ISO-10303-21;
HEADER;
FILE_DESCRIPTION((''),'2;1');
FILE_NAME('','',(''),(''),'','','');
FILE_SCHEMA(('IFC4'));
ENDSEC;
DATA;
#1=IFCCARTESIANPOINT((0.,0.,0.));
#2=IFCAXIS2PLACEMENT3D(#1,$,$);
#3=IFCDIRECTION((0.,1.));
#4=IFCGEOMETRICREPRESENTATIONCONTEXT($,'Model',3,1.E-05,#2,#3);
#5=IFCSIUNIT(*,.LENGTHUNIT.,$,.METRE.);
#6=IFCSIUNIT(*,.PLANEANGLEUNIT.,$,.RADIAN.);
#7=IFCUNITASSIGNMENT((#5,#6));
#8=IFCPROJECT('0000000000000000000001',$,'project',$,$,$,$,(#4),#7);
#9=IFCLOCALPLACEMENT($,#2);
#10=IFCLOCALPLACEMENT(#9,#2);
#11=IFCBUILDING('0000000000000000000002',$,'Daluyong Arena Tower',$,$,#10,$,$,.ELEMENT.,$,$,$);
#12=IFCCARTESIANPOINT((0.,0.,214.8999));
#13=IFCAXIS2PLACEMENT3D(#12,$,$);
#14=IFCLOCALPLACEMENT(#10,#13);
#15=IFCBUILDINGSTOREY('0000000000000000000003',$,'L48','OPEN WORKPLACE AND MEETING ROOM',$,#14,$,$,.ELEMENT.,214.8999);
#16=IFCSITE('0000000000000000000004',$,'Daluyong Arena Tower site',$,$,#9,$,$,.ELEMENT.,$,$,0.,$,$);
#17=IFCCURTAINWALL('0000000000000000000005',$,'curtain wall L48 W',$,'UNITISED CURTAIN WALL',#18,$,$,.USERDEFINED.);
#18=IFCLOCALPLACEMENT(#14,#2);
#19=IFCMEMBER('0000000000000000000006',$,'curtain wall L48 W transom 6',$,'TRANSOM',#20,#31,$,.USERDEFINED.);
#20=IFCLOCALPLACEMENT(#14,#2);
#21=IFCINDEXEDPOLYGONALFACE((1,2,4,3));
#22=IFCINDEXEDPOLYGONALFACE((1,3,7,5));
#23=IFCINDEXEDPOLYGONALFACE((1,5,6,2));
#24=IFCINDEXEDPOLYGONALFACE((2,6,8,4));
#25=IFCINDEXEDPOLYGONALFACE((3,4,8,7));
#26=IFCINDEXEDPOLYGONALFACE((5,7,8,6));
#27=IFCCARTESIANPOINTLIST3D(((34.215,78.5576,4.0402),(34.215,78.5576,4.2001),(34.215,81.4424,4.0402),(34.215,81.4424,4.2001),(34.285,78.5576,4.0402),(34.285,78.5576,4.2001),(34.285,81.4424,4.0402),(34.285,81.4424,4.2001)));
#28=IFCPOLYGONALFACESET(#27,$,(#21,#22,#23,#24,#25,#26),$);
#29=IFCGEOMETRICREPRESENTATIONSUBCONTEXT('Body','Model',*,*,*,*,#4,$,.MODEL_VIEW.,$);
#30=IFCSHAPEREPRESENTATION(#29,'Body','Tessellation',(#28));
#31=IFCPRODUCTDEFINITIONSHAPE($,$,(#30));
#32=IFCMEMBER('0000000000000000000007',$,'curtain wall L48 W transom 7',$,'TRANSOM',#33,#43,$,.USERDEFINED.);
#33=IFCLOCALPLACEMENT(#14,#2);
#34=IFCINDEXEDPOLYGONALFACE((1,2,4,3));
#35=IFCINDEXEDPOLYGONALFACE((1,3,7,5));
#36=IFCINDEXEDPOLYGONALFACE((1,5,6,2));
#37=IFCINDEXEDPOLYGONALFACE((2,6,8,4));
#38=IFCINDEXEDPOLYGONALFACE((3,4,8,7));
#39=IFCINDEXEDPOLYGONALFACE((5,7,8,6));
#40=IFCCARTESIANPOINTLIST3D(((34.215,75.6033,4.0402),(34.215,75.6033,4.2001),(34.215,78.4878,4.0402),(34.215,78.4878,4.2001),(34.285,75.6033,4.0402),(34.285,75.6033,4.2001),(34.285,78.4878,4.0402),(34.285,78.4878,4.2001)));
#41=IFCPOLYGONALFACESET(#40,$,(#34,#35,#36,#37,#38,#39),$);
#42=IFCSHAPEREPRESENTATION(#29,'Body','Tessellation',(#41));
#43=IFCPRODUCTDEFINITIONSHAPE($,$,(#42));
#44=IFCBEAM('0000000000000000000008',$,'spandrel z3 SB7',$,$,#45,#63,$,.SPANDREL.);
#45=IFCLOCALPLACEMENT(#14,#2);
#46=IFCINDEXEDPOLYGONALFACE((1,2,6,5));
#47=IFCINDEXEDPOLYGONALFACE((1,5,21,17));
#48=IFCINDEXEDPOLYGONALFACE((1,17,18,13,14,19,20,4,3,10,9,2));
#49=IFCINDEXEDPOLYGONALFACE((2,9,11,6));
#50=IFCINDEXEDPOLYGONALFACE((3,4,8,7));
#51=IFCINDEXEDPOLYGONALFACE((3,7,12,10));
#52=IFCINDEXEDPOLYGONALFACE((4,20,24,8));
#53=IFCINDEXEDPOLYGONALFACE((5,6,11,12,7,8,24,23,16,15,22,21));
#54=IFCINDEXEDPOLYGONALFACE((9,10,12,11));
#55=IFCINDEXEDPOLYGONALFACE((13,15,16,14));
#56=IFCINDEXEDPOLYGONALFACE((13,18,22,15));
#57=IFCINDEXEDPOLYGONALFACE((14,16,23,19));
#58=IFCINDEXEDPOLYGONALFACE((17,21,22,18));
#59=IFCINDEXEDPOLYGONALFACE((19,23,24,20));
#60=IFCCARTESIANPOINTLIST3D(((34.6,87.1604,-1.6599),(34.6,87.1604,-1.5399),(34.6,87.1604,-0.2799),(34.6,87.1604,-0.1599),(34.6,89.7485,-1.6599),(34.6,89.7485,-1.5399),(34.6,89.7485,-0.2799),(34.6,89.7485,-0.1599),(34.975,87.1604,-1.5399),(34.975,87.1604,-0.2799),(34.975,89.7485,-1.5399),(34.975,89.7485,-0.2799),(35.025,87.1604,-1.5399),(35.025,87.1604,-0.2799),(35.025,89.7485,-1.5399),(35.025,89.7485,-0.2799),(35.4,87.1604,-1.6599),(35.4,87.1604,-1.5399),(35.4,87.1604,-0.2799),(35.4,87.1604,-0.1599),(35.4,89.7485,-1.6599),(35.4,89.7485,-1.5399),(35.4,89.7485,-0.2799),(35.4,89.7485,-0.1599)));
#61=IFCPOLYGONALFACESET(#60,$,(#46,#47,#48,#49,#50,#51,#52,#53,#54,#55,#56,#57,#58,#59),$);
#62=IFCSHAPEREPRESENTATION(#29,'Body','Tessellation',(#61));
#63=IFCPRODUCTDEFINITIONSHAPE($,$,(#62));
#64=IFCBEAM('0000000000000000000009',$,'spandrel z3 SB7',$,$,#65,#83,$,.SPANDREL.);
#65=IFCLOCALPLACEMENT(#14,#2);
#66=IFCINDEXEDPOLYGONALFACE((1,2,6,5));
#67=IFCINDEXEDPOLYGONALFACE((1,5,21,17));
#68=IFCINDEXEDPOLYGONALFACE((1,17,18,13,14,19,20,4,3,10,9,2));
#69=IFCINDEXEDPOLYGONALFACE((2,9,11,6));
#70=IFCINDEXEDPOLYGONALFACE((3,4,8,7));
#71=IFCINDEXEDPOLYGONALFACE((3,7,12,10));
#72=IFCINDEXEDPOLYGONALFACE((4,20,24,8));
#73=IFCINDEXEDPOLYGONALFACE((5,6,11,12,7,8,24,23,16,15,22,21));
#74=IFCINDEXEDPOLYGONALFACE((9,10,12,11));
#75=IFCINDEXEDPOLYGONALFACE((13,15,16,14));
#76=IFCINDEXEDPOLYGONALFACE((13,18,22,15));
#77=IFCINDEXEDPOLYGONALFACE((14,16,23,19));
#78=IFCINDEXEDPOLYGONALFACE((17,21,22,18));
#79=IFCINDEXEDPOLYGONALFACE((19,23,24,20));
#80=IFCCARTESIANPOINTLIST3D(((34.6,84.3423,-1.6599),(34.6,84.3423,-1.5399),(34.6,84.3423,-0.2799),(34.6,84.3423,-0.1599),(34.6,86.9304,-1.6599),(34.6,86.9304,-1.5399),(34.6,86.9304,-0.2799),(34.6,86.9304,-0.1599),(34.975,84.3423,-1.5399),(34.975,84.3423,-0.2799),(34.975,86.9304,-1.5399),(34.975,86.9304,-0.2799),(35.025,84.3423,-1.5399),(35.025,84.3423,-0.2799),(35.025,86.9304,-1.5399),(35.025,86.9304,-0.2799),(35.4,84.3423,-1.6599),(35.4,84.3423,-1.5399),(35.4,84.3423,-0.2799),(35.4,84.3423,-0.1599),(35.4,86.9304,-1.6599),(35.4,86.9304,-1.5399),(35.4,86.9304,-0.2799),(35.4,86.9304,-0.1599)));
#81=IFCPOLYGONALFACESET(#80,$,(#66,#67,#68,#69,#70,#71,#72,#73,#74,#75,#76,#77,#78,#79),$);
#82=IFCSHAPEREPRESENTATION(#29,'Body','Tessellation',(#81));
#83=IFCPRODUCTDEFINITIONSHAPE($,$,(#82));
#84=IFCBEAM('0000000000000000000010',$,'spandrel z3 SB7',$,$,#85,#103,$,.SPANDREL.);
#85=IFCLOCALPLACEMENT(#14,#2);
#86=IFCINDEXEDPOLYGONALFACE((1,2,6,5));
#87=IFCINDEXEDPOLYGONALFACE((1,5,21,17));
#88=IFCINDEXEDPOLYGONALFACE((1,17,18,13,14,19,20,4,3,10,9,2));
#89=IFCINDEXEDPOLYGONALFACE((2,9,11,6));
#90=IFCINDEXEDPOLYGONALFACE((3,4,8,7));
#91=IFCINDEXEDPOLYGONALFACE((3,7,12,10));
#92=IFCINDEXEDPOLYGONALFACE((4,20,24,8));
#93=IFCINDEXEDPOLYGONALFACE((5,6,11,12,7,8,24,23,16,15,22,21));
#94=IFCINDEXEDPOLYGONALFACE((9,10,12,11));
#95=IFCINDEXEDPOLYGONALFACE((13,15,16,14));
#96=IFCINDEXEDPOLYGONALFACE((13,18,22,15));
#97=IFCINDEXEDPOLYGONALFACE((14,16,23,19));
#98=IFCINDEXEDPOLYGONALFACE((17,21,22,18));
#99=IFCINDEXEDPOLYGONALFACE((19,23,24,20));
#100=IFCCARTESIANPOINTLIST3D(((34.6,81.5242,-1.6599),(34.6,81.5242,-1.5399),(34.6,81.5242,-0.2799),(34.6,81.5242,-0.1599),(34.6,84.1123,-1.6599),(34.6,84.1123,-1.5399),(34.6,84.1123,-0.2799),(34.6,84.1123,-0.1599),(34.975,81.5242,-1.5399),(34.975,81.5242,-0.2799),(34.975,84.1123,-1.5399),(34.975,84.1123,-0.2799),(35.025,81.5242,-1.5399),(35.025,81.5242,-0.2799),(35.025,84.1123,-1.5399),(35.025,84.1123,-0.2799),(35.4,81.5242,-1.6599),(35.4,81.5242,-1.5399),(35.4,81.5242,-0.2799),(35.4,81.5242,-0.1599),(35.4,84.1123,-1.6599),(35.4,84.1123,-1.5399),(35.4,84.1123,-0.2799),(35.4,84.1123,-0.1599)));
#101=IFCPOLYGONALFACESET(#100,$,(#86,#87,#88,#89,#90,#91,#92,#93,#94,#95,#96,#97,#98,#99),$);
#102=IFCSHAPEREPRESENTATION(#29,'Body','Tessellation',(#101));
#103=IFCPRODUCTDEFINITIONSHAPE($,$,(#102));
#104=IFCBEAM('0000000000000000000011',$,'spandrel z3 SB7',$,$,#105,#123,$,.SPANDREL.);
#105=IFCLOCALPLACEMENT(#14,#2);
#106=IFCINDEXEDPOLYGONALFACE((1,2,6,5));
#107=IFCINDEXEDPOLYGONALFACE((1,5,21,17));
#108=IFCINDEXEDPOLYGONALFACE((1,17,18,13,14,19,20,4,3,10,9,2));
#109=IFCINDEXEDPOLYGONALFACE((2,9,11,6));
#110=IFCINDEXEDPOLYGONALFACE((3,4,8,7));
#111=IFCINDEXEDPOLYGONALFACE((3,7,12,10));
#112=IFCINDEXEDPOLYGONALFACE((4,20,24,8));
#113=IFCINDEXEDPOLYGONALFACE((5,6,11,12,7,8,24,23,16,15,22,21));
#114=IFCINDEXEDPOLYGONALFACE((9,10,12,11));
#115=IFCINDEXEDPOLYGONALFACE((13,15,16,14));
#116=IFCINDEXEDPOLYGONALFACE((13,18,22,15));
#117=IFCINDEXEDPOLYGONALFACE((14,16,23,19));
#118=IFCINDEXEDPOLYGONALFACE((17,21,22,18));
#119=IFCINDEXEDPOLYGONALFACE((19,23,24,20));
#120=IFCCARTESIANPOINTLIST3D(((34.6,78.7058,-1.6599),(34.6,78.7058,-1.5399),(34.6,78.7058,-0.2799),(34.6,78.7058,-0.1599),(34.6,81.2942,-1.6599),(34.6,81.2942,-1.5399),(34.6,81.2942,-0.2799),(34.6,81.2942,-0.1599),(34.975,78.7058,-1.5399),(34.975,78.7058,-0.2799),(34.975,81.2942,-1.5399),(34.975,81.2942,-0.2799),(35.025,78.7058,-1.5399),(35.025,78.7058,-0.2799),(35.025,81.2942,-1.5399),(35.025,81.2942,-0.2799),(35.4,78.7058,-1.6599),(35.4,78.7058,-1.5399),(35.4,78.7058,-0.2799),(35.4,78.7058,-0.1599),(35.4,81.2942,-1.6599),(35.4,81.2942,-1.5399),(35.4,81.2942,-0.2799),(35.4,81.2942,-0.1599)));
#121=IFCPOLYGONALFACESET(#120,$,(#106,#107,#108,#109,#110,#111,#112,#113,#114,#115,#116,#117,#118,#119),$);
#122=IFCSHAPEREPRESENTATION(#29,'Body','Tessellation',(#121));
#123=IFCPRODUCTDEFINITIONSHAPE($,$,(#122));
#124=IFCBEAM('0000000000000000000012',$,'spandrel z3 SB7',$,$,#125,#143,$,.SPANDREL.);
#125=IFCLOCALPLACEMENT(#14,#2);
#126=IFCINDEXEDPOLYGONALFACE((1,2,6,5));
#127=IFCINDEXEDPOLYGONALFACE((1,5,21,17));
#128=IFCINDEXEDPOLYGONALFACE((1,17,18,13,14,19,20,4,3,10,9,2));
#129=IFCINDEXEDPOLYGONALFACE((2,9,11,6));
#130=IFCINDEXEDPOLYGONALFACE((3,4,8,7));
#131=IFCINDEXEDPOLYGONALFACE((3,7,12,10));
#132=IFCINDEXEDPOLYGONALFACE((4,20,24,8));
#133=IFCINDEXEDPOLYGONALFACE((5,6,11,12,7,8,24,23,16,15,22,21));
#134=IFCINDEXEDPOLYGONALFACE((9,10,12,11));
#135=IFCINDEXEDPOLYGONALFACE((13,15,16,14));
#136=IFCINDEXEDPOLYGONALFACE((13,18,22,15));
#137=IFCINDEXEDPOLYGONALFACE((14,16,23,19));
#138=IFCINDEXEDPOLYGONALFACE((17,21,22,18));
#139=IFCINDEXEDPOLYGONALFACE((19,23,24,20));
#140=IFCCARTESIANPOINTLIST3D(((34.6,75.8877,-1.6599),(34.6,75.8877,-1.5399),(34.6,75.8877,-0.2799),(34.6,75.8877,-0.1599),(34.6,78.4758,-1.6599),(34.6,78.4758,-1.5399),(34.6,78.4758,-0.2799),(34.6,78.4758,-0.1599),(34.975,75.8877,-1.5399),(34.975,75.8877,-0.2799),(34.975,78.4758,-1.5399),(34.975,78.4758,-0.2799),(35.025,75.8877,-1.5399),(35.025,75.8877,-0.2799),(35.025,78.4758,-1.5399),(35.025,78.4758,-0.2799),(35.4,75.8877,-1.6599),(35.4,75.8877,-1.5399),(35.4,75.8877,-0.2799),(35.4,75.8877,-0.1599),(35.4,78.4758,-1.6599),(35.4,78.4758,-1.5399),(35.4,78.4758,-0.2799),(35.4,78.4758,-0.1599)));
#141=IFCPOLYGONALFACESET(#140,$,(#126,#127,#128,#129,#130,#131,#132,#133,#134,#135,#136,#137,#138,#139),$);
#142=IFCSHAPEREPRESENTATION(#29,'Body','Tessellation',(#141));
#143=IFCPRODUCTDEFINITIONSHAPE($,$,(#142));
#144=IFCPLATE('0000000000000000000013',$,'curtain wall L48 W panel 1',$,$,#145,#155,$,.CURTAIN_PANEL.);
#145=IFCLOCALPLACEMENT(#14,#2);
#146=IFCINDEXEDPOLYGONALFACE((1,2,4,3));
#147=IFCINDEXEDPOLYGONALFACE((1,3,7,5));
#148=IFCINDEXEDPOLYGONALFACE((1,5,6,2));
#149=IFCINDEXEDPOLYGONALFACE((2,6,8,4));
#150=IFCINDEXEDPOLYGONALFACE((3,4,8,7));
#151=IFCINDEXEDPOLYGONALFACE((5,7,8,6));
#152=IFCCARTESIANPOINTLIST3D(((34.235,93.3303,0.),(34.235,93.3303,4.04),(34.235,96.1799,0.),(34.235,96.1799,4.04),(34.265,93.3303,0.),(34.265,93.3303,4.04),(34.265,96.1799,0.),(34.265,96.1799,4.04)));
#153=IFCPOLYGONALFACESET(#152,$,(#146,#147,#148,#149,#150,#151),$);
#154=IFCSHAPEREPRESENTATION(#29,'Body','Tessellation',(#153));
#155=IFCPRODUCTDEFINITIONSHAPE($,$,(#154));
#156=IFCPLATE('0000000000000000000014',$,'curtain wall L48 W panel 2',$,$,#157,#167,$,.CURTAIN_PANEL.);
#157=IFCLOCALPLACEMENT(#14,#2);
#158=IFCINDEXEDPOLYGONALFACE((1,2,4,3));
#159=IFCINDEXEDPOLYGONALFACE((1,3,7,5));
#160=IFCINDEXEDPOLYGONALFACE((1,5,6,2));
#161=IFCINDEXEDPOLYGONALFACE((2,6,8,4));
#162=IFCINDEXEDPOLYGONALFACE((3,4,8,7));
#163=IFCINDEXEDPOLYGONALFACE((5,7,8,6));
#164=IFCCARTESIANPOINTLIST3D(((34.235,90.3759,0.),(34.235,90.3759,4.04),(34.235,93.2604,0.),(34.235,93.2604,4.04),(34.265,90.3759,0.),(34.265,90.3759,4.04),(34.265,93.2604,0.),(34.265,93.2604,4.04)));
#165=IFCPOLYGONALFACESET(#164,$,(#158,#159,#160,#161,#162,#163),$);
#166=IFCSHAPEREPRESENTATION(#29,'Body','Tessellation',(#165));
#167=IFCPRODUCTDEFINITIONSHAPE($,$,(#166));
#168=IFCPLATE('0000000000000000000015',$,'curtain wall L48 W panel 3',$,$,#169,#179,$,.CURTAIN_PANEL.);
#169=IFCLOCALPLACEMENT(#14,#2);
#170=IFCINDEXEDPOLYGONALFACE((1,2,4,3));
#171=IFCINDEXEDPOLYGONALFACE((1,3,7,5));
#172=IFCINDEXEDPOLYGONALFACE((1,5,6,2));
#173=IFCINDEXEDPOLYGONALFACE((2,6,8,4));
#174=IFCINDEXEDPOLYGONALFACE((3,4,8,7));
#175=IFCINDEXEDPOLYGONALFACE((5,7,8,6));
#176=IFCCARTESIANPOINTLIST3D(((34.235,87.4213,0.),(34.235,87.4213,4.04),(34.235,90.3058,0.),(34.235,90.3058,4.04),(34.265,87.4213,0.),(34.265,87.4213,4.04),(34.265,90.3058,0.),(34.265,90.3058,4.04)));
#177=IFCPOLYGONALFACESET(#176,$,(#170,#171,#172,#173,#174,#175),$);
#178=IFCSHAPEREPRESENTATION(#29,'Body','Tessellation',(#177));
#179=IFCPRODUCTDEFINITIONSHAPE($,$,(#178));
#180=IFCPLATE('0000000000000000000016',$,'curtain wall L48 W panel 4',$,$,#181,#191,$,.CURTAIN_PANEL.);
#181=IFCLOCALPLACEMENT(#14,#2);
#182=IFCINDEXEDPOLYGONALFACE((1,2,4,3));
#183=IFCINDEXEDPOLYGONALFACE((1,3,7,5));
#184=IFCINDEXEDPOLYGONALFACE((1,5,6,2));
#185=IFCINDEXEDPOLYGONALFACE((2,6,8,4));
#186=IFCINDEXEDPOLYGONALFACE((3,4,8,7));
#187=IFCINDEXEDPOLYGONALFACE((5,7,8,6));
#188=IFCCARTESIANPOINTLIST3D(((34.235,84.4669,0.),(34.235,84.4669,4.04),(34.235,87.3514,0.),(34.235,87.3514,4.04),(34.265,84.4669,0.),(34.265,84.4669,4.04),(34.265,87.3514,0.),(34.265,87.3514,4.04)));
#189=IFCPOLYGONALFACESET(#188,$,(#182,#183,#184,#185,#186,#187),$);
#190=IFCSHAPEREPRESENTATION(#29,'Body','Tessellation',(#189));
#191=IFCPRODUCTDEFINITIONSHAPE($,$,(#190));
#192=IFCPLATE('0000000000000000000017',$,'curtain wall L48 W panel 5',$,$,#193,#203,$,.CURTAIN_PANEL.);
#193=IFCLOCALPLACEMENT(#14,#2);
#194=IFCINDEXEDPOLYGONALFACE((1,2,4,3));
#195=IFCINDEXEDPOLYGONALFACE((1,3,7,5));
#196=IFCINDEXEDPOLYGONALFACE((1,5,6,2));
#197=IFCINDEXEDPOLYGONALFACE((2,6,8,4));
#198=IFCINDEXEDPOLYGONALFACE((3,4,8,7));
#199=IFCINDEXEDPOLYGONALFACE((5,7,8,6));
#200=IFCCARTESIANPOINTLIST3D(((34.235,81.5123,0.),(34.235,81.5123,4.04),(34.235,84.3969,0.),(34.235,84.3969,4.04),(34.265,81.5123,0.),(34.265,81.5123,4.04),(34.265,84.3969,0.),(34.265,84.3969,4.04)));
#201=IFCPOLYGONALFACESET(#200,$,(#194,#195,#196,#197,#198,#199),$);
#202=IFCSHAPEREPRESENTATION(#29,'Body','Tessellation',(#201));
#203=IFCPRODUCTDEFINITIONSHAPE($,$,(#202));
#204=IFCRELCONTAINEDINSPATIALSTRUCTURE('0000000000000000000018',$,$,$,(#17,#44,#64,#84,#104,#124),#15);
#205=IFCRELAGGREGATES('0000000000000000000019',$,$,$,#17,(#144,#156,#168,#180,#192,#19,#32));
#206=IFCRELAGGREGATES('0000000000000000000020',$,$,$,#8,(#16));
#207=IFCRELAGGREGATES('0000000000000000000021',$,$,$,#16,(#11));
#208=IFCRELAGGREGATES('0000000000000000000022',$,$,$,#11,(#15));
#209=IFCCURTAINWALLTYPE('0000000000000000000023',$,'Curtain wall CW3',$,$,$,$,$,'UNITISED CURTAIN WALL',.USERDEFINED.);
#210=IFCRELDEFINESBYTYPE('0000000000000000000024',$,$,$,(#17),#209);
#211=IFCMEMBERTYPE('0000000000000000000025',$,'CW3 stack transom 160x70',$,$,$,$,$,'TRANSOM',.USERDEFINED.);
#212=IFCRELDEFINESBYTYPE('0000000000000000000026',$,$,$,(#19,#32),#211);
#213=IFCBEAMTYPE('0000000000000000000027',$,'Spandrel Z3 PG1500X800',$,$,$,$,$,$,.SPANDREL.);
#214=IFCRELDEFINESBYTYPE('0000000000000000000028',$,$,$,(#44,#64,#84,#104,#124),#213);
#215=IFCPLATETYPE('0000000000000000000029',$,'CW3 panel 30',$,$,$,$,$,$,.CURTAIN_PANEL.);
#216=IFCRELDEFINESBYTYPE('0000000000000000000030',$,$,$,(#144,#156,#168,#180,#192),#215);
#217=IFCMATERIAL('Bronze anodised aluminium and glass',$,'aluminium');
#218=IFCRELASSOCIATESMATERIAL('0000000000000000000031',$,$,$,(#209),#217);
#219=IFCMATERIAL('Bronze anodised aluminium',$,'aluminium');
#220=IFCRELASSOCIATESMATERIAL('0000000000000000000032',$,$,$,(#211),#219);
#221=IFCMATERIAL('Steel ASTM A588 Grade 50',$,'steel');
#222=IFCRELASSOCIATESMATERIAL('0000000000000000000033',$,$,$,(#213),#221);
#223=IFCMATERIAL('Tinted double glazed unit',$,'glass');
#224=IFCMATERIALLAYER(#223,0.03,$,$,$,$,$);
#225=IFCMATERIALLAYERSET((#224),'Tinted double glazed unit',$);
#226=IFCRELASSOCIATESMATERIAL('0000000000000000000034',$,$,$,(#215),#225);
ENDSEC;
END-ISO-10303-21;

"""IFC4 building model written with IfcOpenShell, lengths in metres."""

from ifc_helpers import new_model, si_unit, direction, frame, origin, origin_2d, place, context, subcontext, project, spatial, rectangle, i_section, extrude, material, layer, layer_set, material_profile, profile_set, type_object, element, aggregate, save


model = new_model("IFC4")

# Units and contexts
model_context = context("Model", 3, precision=1e-05, world=origin(), true_north=direction((0.0, 1.0)))
body_context = subcontext(model_context, "Body", "Model", "MODEL_VIEW")
ifc_project = project(units=[si_unit("LENGTHUNIT", "METRE"), si_unit("PLANEANGLEUNIT", "RADIAN")], contexts=[model_context])

# Site, building, storey
site_placement = place(None, origin())
site = spatial("IfcSite", under=ifc_project, at=site_placement, Name="Daluyong Arena Tower site", CompositionType="ELEMENT", RefElevation=0.0)
building_placement = place(site_placement, origin())
building = spatial("IfcBuilding", under=site, at=building_placement, Name="Daluyong Arena Tower", CompositionType="ELEMENT")
storey_placement = place(building_placement, frame((0.0, 0.0, 214.8999)))
storey = spatial("IfcBuildingStorey", under=building, at=storey_placement, Name="L48", Description="OPEN WORKPLACE AND MEETING ROOM", CompositionType="ELEMENT", Elevation=214.8999)

# Curtain wall, members
ifc_material_1 = material(Name="Bronze anodised aluminium and glass", Category="aluminium")
curtain_wall_type = type_object("IfcCurtainWallType", Name="Curtain wall CW3", ElementType="UNITISED CURTAIN WALL", PredefinedType="USERDEFINED", material=ifc_material_1)
curtain_wall_placement = place(storey_placement, origin())
curtain_wall = element("IfcCurtainWall", 1, at=curtain_wall_placement, inside=storey, type_object=curtain_wall_type, Name="curtain wall L48 W", ObjectType="UNITISED CURTAIN WALL", PredefinedType="USERDEFINED")
ifc_material_2 = material(Name="Bronze anodised aluminium", Category="aluminium")
ifc_material_profile_1 = material_profile(ifc_material_2, rectangle(XDim=0.0701, YDim=0.1599, at=origin_2d()))
ifc_profile_set_1 = profile_set([ifc_material_profile_1], Name="Bronze anodised aluminium")
member_type_1 = type_object("IfcMemberType", Name="CW3 stack transom 160x70", ElementType="TRANSOM", PredefinedType="USERDEFINED", material=ifc_profile_set_1)
member_1_placement = place(storey_placement, frame((34.25, 81.4424, 4.1201), z_axis=(0.0, -1.0, 0.0), x_axis=(1.0, 0.0, 0.0)))
member_1 = element("IfcMember", 2, at=member_1_placement, type_object=member_type_1, Name="curtain wall L48 W transom 6", ObjectType="TRANSOM", PredefinedType="USERDEFINED", context=body_context, shape_type="SweptSolid", body=[
    extrude(rectangle(XDim=0.0701, YDim=0.1599, at=origin_2d()), origin(), (0.0, 0.0, 1.0), 2.8848),
])
member_2_placement = place(storey_placement, frame((34.25, 78.4878, 4.1201), z_axis=(0.0, -1.0, 0.0), x_axis=(1.0, 0.0, 0.0)))
member_2 = element("IfcMember", 3, at=member_2_placement, type_object=member_type_1, Name="curtain wall L48 W transom 7", ObjectType="TRANSOM", PredefinedType="USERDEFINED", context=body_context, shape_type="SweptSolid", body=[
    extrude(rectangle(XDim=0.0701, YDim=0.1599, at=origin_2d()), origin(), (0.0, 0.0, 1.0), 2.8845),
])

# Beams
ifc_material_3 = material(Name="Steel ASTM A588 Grade 50", Category="steel")
ifc_material_profile_2 = material_profile(ifc_material_3, i_section(OverallWidth=0.8, OverallDepth=1.5, WebThickness=0.05, FlangeThickness=0.12, at=origin_2d()))
ifc_profile_set_2 = profile_set([ifc_material_profile_2], Name="Steel ASTM A588 Grade 50")
beam_type = type_object("IfcBeamType", Name="Spandrel Z3 PG1500X800", PredefinedType="SPANDREL", material=ifc_profile_set_2)
for number, where, z_axis, x_axis, name in (
    (4, (35.0, 89.7485, -0.9099), (0.0, -1.0, 0.0), (1.0, 0.0, 0.0), "spandrel z3 SB7"),
    (5, (35.0, 86.9304, -0.9099), (0.0, -1.0, 0.0), (1.0, 0.0, 0.0), "spandrel z3 SB7"),
    (6, (35.0, 84.1123, -0.9099), (0.0, -1.0, 0.0), (1.0, 0.0, 0.0), "spandrel z3 SB7"),
):
    element("IfcBeam", number, at=place(storey_placement, frame(where, z_axis=z_axis, x_axis=x_axis)), inside=storey, type_object=beam_type, Name=name, PredefinedType="SPANDREL", context=body_context, shape_type="SweptSolid", body=[
        extrude(i_section(OverallWidth=0.8, OverallDepth=1.5, WebThickness=0.05, FlangeThickness=0.12, at=origin_2d()), origin(), (0.0, 0.0, 1.0), 2.5881),
    ])
beam_1_placement = place(storey_placement, frame((35.0, 81.2942, -0.9099), z_axis=(0.0, -1.0, 0.0), x_axis=(1.0, 0.0, 0.0)))
element("IfcBeam", 7, at=beam_1_placement, inside=storey, type_object=beam_type, Name="spandrel z3 SB7", PredefinedType="SPANDREL", context=body_context, shape_type="SweptSolid", body=[
    extrude(i_section(OverallWidth=0.8, OverallDepth=1.5, WebThickness=0.05, FlangeThickness=0.12, at=origin_2d()), origin(), (0.0, 0.0, 1.0), 2.5884),
])
beam_2_placement = place(storey_placement, frame((35.0, 78.4758, -0.9099), z_axis=(0.0, -1.0, 0.0), x_axis=(1.0, 0.0, 0.0)))
element("IfcBeam", 8, at=beam_2_placement, inside=storey, type_object=beam_type, Name="spandrel z3 SB7", PredefinedType="SPANDREL", context=body_context, shape_type="SweptSolid", body=[
    extrude(i_section(OverallWidth=0.8, OverallDepth=1.5, WebThickness=0.05, FlangeThickness=0.12, at=origin_2d()), origin(), (0.0, 0.0, 1.0), 2.5881),
])

# Plates
ifc_material_4 = material(Name="Tinted double glazed unit", Category="glass")
ifc_layer = layer(ifc_material_4, 0.03)
ifc_layer_set = layer_set([ifc_layer], Name="Tinted double glazed unit")
plate_type = type_object("IfcPlateType", Name="CW3 panel 30", PredefinedType="CURTAIN_PANEL", material=ifc_layer_set)
plate_1_placement = place(storey_placement, frame((34.25, 94.7551, 0.0), z_axis=(0.0, 0.0, 1.0), x_axis=(0.0, -1.0, 0.0)))
plate_1 = element("IfcPlate", 9, at=plate_1_placement, type_object=plate_type, Name="curtain wall L48 W panel 1", PredefinedType="CURTAIN_PANEL", context=body_context, shape_type="SweptSolid", body=[
    extrude(rectangle(XDim=2.8496, YDim=0.03, at=origin_2d()), origin(), (0.0, 0.0, 1.0), 4.04),
])
plate_2_placement = place(storey_placement, frame((34.25, 91.8181, 0.0), z_axis=(0.0, 0.0, 1.0), x_axis=(0.0, -1.0, 0.0)))
plate_2 = element("IfcPlate", 10, at=plate_2_placement, type_object=plate_type, Name="curtain wall L48 W panel 2", PredefinedType="CURTAIN_PANEL", context=body_context, shape_type="SweptSolid", body=[
    extrude(rectangle(XDim=2.8845, YDim=0.03, at=origin_2d()), origin(), (0.0, 0.0, 1.0), 4.04),
])
plate_3_placement = place(storey_placement, frame((34.25, 88.8635, 0.0), z_axis=(0.0, 0.0, 1.0), x_axis=(0.0, -1.0, 0.0)))
plate_3 = element("IfcPlate", 11, at=plate_3_placement, type_object=plate_type, Name="curtain wall L48 W panel 3", PredefinedType="CURTAIN_PANEL", context=body_context, shape_type="SweptSolid", body=[
    extrude(rectangle(XDim=2.8845, YDim=0.03, at=origin_2d()), origin(), (0.0, 0.0, 1.0), 4.04),
])
plate_4_placement = place(storey_placement, frame((34.25, 85.9092, 0.0), z_axis=(0.0, 0.0, 1.0), x_axis=(0.0, -1.0, 0.0)))
plate_4 = element("IfcPlate", 12, at=plate_4_placement, type_object=plate_type, Name="curtain wall L48 W panel 4", PredefinedType="CURTAIN_PANEL", context=body_context, shape_type="SweptSolid", body=[
    extrude(rectangle(XDim=2.8845, YDim=0.03, at=origin_2d()), origin(), (0.0, 0.0, 1.0), 4.04),
])
plate_5_placement = place(storey_placement, frame((34.25, 82.9546, 0.0), z_axis=(0.0, 0.0, 1.0), x_axis=(0.0, -1.0, 0.0)))
plate_5 = element("IfcPlate", 13, at=plate_5_placement, type_object=plate_type, Name="curtain wall L48 W panel 5", PredefinedType="CURTAIN_PANEL", context=body_context, shape_type="SweptSolid", body=[
    extrude(rectangle(XDim=2.8845, YDim=0.03, at=origin_2d()), origin(), (0.0, 0.0, 1.0), 4.04),
])
aggregate(curtain_wall, [plate_1, plate_2, plate_3, plate_4, plate_5, member_1, member_2])

save(model, "model.ifc")
